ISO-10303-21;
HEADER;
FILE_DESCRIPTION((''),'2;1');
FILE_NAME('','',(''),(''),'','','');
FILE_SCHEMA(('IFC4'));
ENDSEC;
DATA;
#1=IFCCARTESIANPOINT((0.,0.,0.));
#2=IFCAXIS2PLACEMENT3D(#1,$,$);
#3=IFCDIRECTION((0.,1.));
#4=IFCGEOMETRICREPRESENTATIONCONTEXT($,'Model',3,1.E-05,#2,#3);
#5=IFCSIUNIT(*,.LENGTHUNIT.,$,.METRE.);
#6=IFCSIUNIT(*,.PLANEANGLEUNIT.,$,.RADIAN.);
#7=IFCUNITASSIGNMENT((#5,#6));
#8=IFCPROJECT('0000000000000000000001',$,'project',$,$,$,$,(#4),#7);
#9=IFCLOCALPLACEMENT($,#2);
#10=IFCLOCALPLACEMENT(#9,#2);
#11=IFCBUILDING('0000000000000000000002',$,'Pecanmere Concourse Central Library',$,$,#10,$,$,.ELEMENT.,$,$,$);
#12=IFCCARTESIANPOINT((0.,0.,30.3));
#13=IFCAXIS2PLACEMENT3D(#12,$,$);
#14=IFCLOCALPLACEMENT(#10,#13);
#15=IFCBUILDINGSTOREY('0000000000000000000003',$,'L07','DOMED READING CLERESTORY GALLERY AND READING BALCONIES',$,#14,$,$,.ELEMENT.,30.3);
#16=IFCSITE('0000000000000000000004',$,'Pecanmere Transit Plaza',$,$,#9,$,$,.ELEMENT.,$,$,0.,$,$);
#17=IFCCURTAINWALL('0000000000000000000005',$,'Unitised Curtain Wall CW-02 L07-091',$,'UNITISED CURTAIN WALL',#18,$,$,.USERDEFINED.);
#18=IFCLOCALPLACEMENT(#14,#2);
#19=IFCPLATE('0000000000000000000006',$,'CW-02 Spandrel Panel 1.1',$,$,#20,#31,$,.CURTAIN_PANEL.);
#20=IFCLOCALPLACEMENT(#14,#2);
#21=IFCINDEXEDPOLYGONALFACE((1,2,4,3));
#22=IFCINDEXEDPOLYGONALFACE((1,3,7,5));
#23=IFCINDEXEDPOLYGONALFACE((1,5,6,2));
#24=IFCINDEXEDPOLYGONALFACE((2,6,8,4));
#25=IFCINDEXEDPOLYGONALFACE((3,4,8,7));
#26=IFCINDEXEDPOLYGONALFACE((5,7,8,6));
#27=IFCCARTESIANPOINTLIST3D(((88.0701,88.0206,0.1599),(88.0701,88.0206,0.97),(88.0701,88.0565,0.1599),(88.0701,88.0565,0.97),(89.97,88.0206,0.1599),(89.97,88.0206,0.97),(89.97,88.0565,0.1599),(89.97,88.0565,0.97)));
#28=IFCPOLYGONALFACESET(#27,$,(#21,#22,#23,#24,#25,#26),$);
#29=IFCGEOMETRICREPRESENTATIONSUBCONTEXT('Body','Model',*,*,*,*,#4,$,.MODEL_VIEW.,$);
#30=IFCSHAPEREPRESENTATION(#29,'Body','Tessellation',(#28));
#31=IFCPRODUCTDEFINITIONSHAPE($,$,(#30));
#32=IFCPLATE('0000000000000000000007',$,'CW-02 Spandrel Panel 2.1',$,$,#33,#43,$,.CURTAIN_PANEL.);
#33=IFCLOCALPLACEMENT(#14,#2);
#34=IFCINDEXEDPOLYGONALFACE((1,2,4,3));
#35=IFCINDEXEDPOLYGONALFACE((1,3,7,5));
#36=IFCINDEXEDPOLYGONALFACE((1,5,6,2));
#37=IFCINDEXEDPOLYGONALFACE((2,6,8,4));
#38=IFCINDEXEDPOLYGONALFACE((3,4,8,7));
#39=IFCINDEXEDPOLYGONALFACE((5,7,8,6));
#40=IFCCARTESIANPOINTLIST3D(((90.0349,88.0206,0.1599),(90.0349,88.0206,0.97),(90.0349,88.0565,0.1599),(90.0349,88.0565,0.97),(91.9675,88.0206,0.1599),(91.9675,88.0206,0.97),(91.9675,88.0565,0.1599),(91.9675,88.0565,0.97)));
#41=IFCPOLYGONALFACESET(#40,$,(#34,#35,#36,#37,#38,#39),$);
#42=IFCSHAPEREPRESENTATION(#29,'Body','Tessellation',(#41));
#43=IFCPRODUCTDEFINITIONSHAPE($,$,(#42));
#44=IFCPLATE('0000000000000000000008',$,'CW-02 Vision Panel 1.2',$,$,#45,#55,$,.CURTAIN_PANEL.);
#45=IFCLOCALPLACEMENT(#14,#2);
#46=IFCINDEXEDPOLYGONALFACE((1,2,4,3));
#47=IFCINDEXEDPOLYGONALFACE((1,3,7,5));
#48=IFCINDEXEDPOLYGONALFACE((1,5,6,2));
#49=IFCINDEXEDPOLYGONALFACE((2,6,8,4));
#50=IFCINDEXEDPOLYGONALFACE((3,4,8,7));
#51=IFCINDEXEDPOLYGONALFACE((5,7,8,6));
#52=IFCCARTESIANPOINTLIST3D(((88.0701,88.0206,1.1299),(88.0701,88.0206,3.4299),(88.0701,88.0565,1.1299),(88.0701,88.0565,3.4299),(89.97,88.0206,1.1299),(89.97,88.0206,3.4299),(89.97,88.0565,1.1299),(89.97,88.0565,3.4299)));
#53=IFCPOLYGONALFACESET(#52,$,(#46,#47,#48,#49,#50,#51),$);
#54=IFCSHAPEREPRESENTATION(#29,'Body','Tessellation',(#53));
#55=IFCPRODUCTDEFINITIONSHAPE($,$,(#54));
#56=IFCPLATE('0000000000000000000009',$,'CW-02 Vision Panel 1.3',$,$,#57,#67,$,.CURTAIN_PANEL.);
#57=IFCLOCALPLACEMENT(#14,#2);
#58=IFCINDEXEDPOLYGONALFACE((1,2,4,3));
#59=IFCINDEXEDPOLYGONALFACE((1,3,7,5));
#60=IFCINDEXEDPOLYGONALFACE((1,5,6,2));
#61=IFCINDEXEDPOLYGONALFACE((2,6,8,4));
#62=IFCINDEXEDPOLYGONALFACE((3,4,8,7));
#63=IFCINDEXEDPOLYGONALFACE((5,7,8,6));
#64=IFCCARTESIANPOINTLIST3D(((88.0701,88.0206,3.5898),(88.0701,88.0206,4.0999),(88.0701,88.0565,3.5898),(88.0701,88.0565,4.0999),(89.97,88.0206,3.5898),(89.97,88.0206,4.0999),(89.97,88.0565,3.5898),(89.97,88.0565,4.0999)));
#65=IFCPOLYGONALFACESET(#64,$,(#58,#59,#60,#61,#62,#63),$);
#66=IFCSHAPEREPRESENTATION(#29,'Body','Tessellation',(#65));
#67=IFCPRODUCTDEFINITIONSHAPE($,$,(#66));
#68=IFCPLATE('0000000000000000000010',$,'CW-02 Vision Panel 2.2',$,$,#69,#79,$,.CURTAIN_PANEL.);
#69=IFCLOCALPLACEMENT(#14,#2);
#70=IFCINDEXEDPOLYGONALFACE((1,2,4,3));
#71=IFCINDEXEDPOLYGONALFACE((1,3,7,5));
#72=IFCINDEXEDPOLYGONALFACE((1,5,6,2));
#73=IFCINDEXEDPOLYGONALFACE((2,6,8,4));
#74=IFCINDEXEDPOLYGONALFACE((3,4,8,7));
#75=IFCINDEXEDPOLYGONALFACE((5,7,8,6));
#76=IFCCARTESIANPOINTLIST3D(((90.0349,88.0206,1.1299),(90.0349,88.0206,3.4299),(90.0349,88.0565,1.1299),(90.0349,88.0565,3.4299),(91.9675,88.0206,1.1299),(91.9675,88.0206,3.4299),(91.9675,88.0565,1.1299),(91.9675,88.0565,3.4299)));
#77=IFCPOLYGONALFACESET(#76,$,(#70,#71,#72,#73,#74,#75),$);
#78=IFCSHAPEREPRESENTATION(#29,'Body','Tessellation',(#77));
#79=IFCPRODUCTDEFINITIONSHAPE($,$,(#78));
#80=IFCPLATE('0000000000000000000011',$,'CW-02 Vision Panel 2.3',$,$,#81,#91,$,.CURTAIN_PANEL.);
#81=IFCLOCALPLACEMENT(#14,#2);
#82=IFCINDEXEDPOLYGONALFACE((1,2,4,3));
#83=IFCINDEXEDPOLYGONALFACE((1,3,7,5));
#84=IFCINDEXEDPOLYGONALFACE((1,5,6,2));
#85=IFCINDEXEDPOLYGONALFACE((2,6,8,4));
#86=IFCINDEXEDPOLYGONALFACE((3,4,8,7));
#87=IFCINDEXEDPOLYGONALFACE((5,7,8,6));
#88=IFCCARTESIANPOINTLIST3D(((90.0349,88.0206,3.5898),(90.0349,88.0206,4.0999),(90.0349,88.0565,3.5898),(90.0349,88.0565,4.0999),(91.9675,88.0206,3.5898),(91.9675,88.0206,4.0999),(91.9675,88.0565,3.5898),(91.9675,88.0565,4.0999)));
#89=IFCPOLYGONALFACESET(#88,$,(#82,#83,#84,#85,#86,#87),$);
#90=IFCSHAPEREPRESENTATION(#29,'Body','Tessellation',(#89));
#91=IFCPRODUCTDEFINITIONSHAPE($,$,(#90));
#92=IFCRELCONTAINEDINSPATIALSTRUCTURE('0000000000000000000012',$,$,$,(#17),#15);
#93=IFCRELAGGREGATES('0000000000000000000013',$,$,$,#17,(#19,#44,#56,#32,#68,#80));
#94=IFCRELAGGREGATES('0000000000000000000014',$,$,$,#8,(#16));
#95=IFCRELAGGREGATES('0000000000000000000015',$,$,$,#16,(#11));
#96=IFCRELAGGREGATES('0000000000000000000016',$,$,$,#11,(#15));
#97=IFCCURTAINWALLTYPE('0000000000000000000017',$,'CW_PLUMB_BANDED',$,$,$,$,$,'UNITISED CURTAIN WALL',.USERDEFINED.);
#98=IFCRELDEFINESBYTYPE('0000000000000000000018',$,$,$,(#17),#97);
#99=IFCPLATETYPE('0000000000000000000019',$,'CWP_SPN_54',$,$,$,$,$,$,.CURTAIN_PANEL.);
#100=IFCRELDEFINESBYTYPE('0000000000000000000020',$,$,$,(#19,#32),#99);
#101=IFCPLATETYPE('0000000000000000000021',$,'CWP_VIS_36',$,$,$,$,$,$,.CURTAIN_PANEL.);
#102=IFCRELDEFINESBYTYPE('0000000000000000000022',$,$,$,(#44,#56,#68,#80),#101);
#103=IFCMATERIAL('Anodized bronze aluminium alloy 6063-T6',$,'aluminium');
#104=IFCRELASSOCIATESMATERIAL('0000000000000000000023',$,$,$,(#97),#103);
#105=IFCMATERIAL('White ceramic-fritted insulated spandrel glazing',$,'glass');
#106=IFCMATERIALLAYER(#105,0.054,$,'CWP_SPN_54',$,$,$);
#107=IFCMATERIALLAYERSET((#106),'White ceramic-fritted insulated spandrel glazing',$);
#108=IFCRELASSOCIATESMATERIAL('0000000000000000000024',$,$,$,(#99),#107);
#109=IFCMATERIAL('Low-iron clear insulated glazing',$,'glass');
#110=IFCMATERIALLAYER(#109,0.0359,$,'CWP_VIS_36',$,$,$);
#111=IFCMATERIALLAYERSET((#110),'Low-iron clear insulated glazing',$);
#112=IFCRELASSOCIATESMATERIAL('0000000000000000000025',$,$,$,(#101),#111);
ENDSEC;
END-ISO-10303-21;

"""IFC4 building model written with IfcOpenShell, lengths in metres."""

from ifc_helpers import new_model, si_unit, direction, frame, origin, origin_2d, place, context, subcontext, project, spatial, rectangle, extrude, material, layer, layer_set, type_object, element, aggregate, save


model = new_model("IFC4")

# Units and contexts
model_context = context("Model", 3, precision=1e-05, world=origin(), true_north=direction((0.0, 1.0)))
body_context = subcontext(model_context, "Body", "Model", "MODEL_VIEW")
ifc_project = project(units=[si_unit("LENGTHUNIT", "METRE"), si_unit("PLANEANGLEUNIT", "RADIAN")], contexts=[model_context])

# Site, building, storey
site_placement = place(None, origin())
site = spatial("IfcSite", under=ifc_project, at=site_placement, Name="Pecanmere Transit Plaza", CompositionType="ELEMENT", RefElevation=0.0)
building_placement = place(site_placement, origin())
building = spatial("IfcBuilding", under=site, at=building_placement, Name="Pecanmere Concourse Central Library", CompositionType="ELEMENT")
storey_placement = place(building_placement, frame((0.0, 0.0, 30.3)))
storey = spatial("IfcBuildingStorey", under=building, at=storey_placement, Name="L07", Description="DOMED READING CLERESTORY GALLERY AND READING BALCONIES", CompositionType="ELEMENT", Elevation=30.3)

# Curtain wall, plates
ifc_material_1 = material(Name="Anodized bronze aluminium alloy 6063-T6", Category="aluminium")
curtain_wall_type = type_object("IfcCurtainWallType", Name="CW_PLUMB_BANDED", ElementType="UNITISED CURTAIN WALL", PredefinedType="USERDEFINED", material=ifc_material_1)
curtain_wall_placement = place(storey_placement, origin())
curtain_wall = element("IfcCurtainWall", 1, at=curtain_wall_placement, inside=storey, type_object=curtain_wall_type, Name="Unitised Curtain Wall CW-02 L07-091", ObjectType="UNITISED CURTAIN WALL", PredefinedType="USERDEFINED")
ifc_material_2 = material(Name="White ceramic-fritted insulated spandrel glazing", Category="glass")
ifc_layer_1 = layer(ifc_material_2, 0.054, Name="CWP_SPN_54")
ifc_layer_set_1 = layer_set([ifc_layer_1], Name="White ceramic-fritted insulated spandrel glazing")
plate_type_1 = type_object("IfcPlateType", Name="CWP_SPN_54", PredefinedType="CURTAIN_PANEL", material=ifc_layer_set_1)
plate_1_placement = place(storey_placement, frame((89.02, 88.0386, 0.1599), z_axis=(0.0, 0.0, 1.0), x_axis=(1.0, 0.0, 0.0)))
plate_1 = element("IfcPlate", 2, at=plate_1_placement, type_object=plate_type_1, Name="CW-02 Spandrel Panel 1.1", PredefinedType="CURTAIN_PANEL", context=body_context, shape_type="SweptSolid", body=[
    extrude(rectangle(XDim=1.8999, YDim=0.0359, at=origin_2d()), origin(), (0.0, 0.0, 1.0), 0.8101),
])
plate_2_placement = place(storey_placement, frame((91.0012, 88.0386, 0.1599), z_axis=(0.0, 0.0, 1.0), x_axis=(1.0, 0.0, 0.0)))
plate_2 = element("IfcPlate", 3, at=plate_2_placement, type_object=plate_type_1, Name="CW-02 Spandrel Panel 2.1", PredefinedType="CURTAIN_PANEL", context=body_context, shape_type="SweptSolid", body=[
    extrude(rectangle(XDim=1.9326, YDim=0.0359, at=origin_2d()), origin(), (0.0, 0.0, 1.0), 0.8101),
])
ifc_material_3 = material(Name="Low-iron clear insulated glazing", Category="glass")
ifc_layer_2 = layer(ifc_material_3, 0.0359, Name="CWP_VIS_36")
ifc_layer_set_2 = layer_set([ifc_layer_2], Name="Low-iron clear insulated glazing")
plate_type_2 = type_object("IfcPlateType", Name="CWP_VIS_36", PredefinedType="CURTAIN_PANEL", material=ifc_layer_set_2)
plate_3_placement = place(storey_placement, frame((89.02, 88.0386, 1.1299), z_axis=(0.0, 0.0, 1.0), x_axis=(1.0, 0.0, 0.0)))
plate_3 = element("IfcPlate", 4, at=plate_3_placement, type_object=plate_type_2, Name="CW-02 Vision Panel 1.2", PredefinedType="CURTAIN_PANEL", context=body_context, shape_type="SweptSolid", body=[
    extrude(rectangle(XDim=1.8999, YDim=0.0359, at=origin_2d()), origin(), (0.0, 0.0, 1.0), 2.3),
])
plate_4_placement = place(storey_placement, frame((89.02, 88.0386, 3.5898), z_axis=(0.0, 0.0, 1.0), x_axis=(1.0, 0.0, 0.0)))
plate_4 = element("IfcPlate", 5, at=plate_4_placement, type_object=plate_type_2, Name="CW-02 Vision Panel 1.3", PredefinedType="CURTAIN_PANEL", context=body_context, shape_type="SweptSolid", body=[
    extrude(rectangle(XDim=1.8999, YDim=0.0359, at=origin_2d()), origin(), (0.0, 0.0, 1.0), 0.51),
])
plate_5_placement = place(storey_placement, frame((91.0012, 88.0386, 1.1299), z_axis=(0.0, 0.0, 1.0), x_axis=(1.0, 0.0, 0.0)))
plate_5 = element("IfcPlate", 6, at=plate_5_placement, type_object=plate_type_2, Name="CW-02 Vision Panel 2.2", PredefinedType="CURTAIN_PANEL", context=body_context, shape_type="SweptSolid", body=[
    extrude(rectangle(XDim=1.9326, YDim=0.0359, at=origin_2d()), origin(), (0.0, 0.0, 1.0), 2.3),
])
plate_6_placement = place(storey_placement, frame((91.0012, 88.0386, 3.5898), z_axis=(0.0, 0.0, 1.0), x_axis=(1.0, 0.0, 0.0)))
plate_6 = element("IfcPlate", 7, at=plate_6_placement, type_object=plate_type_2, Name="CW-02 Vision Panel 2.3", PredefinedType="CURTAIN_PANEL", context=body_context, shape_type="SweptSolid", body=[
    extrude(rectangle(XDim=1.9326, YDim=0.0359, at=origin_2d()), origin(), (0.0, 0.0, 1.0), 0.51),
])
aggregate(curtain_wall, [plate_1, plate_3, plate_4, plate_2, plate_5, plate_6])

save(model, "model.ifc")
